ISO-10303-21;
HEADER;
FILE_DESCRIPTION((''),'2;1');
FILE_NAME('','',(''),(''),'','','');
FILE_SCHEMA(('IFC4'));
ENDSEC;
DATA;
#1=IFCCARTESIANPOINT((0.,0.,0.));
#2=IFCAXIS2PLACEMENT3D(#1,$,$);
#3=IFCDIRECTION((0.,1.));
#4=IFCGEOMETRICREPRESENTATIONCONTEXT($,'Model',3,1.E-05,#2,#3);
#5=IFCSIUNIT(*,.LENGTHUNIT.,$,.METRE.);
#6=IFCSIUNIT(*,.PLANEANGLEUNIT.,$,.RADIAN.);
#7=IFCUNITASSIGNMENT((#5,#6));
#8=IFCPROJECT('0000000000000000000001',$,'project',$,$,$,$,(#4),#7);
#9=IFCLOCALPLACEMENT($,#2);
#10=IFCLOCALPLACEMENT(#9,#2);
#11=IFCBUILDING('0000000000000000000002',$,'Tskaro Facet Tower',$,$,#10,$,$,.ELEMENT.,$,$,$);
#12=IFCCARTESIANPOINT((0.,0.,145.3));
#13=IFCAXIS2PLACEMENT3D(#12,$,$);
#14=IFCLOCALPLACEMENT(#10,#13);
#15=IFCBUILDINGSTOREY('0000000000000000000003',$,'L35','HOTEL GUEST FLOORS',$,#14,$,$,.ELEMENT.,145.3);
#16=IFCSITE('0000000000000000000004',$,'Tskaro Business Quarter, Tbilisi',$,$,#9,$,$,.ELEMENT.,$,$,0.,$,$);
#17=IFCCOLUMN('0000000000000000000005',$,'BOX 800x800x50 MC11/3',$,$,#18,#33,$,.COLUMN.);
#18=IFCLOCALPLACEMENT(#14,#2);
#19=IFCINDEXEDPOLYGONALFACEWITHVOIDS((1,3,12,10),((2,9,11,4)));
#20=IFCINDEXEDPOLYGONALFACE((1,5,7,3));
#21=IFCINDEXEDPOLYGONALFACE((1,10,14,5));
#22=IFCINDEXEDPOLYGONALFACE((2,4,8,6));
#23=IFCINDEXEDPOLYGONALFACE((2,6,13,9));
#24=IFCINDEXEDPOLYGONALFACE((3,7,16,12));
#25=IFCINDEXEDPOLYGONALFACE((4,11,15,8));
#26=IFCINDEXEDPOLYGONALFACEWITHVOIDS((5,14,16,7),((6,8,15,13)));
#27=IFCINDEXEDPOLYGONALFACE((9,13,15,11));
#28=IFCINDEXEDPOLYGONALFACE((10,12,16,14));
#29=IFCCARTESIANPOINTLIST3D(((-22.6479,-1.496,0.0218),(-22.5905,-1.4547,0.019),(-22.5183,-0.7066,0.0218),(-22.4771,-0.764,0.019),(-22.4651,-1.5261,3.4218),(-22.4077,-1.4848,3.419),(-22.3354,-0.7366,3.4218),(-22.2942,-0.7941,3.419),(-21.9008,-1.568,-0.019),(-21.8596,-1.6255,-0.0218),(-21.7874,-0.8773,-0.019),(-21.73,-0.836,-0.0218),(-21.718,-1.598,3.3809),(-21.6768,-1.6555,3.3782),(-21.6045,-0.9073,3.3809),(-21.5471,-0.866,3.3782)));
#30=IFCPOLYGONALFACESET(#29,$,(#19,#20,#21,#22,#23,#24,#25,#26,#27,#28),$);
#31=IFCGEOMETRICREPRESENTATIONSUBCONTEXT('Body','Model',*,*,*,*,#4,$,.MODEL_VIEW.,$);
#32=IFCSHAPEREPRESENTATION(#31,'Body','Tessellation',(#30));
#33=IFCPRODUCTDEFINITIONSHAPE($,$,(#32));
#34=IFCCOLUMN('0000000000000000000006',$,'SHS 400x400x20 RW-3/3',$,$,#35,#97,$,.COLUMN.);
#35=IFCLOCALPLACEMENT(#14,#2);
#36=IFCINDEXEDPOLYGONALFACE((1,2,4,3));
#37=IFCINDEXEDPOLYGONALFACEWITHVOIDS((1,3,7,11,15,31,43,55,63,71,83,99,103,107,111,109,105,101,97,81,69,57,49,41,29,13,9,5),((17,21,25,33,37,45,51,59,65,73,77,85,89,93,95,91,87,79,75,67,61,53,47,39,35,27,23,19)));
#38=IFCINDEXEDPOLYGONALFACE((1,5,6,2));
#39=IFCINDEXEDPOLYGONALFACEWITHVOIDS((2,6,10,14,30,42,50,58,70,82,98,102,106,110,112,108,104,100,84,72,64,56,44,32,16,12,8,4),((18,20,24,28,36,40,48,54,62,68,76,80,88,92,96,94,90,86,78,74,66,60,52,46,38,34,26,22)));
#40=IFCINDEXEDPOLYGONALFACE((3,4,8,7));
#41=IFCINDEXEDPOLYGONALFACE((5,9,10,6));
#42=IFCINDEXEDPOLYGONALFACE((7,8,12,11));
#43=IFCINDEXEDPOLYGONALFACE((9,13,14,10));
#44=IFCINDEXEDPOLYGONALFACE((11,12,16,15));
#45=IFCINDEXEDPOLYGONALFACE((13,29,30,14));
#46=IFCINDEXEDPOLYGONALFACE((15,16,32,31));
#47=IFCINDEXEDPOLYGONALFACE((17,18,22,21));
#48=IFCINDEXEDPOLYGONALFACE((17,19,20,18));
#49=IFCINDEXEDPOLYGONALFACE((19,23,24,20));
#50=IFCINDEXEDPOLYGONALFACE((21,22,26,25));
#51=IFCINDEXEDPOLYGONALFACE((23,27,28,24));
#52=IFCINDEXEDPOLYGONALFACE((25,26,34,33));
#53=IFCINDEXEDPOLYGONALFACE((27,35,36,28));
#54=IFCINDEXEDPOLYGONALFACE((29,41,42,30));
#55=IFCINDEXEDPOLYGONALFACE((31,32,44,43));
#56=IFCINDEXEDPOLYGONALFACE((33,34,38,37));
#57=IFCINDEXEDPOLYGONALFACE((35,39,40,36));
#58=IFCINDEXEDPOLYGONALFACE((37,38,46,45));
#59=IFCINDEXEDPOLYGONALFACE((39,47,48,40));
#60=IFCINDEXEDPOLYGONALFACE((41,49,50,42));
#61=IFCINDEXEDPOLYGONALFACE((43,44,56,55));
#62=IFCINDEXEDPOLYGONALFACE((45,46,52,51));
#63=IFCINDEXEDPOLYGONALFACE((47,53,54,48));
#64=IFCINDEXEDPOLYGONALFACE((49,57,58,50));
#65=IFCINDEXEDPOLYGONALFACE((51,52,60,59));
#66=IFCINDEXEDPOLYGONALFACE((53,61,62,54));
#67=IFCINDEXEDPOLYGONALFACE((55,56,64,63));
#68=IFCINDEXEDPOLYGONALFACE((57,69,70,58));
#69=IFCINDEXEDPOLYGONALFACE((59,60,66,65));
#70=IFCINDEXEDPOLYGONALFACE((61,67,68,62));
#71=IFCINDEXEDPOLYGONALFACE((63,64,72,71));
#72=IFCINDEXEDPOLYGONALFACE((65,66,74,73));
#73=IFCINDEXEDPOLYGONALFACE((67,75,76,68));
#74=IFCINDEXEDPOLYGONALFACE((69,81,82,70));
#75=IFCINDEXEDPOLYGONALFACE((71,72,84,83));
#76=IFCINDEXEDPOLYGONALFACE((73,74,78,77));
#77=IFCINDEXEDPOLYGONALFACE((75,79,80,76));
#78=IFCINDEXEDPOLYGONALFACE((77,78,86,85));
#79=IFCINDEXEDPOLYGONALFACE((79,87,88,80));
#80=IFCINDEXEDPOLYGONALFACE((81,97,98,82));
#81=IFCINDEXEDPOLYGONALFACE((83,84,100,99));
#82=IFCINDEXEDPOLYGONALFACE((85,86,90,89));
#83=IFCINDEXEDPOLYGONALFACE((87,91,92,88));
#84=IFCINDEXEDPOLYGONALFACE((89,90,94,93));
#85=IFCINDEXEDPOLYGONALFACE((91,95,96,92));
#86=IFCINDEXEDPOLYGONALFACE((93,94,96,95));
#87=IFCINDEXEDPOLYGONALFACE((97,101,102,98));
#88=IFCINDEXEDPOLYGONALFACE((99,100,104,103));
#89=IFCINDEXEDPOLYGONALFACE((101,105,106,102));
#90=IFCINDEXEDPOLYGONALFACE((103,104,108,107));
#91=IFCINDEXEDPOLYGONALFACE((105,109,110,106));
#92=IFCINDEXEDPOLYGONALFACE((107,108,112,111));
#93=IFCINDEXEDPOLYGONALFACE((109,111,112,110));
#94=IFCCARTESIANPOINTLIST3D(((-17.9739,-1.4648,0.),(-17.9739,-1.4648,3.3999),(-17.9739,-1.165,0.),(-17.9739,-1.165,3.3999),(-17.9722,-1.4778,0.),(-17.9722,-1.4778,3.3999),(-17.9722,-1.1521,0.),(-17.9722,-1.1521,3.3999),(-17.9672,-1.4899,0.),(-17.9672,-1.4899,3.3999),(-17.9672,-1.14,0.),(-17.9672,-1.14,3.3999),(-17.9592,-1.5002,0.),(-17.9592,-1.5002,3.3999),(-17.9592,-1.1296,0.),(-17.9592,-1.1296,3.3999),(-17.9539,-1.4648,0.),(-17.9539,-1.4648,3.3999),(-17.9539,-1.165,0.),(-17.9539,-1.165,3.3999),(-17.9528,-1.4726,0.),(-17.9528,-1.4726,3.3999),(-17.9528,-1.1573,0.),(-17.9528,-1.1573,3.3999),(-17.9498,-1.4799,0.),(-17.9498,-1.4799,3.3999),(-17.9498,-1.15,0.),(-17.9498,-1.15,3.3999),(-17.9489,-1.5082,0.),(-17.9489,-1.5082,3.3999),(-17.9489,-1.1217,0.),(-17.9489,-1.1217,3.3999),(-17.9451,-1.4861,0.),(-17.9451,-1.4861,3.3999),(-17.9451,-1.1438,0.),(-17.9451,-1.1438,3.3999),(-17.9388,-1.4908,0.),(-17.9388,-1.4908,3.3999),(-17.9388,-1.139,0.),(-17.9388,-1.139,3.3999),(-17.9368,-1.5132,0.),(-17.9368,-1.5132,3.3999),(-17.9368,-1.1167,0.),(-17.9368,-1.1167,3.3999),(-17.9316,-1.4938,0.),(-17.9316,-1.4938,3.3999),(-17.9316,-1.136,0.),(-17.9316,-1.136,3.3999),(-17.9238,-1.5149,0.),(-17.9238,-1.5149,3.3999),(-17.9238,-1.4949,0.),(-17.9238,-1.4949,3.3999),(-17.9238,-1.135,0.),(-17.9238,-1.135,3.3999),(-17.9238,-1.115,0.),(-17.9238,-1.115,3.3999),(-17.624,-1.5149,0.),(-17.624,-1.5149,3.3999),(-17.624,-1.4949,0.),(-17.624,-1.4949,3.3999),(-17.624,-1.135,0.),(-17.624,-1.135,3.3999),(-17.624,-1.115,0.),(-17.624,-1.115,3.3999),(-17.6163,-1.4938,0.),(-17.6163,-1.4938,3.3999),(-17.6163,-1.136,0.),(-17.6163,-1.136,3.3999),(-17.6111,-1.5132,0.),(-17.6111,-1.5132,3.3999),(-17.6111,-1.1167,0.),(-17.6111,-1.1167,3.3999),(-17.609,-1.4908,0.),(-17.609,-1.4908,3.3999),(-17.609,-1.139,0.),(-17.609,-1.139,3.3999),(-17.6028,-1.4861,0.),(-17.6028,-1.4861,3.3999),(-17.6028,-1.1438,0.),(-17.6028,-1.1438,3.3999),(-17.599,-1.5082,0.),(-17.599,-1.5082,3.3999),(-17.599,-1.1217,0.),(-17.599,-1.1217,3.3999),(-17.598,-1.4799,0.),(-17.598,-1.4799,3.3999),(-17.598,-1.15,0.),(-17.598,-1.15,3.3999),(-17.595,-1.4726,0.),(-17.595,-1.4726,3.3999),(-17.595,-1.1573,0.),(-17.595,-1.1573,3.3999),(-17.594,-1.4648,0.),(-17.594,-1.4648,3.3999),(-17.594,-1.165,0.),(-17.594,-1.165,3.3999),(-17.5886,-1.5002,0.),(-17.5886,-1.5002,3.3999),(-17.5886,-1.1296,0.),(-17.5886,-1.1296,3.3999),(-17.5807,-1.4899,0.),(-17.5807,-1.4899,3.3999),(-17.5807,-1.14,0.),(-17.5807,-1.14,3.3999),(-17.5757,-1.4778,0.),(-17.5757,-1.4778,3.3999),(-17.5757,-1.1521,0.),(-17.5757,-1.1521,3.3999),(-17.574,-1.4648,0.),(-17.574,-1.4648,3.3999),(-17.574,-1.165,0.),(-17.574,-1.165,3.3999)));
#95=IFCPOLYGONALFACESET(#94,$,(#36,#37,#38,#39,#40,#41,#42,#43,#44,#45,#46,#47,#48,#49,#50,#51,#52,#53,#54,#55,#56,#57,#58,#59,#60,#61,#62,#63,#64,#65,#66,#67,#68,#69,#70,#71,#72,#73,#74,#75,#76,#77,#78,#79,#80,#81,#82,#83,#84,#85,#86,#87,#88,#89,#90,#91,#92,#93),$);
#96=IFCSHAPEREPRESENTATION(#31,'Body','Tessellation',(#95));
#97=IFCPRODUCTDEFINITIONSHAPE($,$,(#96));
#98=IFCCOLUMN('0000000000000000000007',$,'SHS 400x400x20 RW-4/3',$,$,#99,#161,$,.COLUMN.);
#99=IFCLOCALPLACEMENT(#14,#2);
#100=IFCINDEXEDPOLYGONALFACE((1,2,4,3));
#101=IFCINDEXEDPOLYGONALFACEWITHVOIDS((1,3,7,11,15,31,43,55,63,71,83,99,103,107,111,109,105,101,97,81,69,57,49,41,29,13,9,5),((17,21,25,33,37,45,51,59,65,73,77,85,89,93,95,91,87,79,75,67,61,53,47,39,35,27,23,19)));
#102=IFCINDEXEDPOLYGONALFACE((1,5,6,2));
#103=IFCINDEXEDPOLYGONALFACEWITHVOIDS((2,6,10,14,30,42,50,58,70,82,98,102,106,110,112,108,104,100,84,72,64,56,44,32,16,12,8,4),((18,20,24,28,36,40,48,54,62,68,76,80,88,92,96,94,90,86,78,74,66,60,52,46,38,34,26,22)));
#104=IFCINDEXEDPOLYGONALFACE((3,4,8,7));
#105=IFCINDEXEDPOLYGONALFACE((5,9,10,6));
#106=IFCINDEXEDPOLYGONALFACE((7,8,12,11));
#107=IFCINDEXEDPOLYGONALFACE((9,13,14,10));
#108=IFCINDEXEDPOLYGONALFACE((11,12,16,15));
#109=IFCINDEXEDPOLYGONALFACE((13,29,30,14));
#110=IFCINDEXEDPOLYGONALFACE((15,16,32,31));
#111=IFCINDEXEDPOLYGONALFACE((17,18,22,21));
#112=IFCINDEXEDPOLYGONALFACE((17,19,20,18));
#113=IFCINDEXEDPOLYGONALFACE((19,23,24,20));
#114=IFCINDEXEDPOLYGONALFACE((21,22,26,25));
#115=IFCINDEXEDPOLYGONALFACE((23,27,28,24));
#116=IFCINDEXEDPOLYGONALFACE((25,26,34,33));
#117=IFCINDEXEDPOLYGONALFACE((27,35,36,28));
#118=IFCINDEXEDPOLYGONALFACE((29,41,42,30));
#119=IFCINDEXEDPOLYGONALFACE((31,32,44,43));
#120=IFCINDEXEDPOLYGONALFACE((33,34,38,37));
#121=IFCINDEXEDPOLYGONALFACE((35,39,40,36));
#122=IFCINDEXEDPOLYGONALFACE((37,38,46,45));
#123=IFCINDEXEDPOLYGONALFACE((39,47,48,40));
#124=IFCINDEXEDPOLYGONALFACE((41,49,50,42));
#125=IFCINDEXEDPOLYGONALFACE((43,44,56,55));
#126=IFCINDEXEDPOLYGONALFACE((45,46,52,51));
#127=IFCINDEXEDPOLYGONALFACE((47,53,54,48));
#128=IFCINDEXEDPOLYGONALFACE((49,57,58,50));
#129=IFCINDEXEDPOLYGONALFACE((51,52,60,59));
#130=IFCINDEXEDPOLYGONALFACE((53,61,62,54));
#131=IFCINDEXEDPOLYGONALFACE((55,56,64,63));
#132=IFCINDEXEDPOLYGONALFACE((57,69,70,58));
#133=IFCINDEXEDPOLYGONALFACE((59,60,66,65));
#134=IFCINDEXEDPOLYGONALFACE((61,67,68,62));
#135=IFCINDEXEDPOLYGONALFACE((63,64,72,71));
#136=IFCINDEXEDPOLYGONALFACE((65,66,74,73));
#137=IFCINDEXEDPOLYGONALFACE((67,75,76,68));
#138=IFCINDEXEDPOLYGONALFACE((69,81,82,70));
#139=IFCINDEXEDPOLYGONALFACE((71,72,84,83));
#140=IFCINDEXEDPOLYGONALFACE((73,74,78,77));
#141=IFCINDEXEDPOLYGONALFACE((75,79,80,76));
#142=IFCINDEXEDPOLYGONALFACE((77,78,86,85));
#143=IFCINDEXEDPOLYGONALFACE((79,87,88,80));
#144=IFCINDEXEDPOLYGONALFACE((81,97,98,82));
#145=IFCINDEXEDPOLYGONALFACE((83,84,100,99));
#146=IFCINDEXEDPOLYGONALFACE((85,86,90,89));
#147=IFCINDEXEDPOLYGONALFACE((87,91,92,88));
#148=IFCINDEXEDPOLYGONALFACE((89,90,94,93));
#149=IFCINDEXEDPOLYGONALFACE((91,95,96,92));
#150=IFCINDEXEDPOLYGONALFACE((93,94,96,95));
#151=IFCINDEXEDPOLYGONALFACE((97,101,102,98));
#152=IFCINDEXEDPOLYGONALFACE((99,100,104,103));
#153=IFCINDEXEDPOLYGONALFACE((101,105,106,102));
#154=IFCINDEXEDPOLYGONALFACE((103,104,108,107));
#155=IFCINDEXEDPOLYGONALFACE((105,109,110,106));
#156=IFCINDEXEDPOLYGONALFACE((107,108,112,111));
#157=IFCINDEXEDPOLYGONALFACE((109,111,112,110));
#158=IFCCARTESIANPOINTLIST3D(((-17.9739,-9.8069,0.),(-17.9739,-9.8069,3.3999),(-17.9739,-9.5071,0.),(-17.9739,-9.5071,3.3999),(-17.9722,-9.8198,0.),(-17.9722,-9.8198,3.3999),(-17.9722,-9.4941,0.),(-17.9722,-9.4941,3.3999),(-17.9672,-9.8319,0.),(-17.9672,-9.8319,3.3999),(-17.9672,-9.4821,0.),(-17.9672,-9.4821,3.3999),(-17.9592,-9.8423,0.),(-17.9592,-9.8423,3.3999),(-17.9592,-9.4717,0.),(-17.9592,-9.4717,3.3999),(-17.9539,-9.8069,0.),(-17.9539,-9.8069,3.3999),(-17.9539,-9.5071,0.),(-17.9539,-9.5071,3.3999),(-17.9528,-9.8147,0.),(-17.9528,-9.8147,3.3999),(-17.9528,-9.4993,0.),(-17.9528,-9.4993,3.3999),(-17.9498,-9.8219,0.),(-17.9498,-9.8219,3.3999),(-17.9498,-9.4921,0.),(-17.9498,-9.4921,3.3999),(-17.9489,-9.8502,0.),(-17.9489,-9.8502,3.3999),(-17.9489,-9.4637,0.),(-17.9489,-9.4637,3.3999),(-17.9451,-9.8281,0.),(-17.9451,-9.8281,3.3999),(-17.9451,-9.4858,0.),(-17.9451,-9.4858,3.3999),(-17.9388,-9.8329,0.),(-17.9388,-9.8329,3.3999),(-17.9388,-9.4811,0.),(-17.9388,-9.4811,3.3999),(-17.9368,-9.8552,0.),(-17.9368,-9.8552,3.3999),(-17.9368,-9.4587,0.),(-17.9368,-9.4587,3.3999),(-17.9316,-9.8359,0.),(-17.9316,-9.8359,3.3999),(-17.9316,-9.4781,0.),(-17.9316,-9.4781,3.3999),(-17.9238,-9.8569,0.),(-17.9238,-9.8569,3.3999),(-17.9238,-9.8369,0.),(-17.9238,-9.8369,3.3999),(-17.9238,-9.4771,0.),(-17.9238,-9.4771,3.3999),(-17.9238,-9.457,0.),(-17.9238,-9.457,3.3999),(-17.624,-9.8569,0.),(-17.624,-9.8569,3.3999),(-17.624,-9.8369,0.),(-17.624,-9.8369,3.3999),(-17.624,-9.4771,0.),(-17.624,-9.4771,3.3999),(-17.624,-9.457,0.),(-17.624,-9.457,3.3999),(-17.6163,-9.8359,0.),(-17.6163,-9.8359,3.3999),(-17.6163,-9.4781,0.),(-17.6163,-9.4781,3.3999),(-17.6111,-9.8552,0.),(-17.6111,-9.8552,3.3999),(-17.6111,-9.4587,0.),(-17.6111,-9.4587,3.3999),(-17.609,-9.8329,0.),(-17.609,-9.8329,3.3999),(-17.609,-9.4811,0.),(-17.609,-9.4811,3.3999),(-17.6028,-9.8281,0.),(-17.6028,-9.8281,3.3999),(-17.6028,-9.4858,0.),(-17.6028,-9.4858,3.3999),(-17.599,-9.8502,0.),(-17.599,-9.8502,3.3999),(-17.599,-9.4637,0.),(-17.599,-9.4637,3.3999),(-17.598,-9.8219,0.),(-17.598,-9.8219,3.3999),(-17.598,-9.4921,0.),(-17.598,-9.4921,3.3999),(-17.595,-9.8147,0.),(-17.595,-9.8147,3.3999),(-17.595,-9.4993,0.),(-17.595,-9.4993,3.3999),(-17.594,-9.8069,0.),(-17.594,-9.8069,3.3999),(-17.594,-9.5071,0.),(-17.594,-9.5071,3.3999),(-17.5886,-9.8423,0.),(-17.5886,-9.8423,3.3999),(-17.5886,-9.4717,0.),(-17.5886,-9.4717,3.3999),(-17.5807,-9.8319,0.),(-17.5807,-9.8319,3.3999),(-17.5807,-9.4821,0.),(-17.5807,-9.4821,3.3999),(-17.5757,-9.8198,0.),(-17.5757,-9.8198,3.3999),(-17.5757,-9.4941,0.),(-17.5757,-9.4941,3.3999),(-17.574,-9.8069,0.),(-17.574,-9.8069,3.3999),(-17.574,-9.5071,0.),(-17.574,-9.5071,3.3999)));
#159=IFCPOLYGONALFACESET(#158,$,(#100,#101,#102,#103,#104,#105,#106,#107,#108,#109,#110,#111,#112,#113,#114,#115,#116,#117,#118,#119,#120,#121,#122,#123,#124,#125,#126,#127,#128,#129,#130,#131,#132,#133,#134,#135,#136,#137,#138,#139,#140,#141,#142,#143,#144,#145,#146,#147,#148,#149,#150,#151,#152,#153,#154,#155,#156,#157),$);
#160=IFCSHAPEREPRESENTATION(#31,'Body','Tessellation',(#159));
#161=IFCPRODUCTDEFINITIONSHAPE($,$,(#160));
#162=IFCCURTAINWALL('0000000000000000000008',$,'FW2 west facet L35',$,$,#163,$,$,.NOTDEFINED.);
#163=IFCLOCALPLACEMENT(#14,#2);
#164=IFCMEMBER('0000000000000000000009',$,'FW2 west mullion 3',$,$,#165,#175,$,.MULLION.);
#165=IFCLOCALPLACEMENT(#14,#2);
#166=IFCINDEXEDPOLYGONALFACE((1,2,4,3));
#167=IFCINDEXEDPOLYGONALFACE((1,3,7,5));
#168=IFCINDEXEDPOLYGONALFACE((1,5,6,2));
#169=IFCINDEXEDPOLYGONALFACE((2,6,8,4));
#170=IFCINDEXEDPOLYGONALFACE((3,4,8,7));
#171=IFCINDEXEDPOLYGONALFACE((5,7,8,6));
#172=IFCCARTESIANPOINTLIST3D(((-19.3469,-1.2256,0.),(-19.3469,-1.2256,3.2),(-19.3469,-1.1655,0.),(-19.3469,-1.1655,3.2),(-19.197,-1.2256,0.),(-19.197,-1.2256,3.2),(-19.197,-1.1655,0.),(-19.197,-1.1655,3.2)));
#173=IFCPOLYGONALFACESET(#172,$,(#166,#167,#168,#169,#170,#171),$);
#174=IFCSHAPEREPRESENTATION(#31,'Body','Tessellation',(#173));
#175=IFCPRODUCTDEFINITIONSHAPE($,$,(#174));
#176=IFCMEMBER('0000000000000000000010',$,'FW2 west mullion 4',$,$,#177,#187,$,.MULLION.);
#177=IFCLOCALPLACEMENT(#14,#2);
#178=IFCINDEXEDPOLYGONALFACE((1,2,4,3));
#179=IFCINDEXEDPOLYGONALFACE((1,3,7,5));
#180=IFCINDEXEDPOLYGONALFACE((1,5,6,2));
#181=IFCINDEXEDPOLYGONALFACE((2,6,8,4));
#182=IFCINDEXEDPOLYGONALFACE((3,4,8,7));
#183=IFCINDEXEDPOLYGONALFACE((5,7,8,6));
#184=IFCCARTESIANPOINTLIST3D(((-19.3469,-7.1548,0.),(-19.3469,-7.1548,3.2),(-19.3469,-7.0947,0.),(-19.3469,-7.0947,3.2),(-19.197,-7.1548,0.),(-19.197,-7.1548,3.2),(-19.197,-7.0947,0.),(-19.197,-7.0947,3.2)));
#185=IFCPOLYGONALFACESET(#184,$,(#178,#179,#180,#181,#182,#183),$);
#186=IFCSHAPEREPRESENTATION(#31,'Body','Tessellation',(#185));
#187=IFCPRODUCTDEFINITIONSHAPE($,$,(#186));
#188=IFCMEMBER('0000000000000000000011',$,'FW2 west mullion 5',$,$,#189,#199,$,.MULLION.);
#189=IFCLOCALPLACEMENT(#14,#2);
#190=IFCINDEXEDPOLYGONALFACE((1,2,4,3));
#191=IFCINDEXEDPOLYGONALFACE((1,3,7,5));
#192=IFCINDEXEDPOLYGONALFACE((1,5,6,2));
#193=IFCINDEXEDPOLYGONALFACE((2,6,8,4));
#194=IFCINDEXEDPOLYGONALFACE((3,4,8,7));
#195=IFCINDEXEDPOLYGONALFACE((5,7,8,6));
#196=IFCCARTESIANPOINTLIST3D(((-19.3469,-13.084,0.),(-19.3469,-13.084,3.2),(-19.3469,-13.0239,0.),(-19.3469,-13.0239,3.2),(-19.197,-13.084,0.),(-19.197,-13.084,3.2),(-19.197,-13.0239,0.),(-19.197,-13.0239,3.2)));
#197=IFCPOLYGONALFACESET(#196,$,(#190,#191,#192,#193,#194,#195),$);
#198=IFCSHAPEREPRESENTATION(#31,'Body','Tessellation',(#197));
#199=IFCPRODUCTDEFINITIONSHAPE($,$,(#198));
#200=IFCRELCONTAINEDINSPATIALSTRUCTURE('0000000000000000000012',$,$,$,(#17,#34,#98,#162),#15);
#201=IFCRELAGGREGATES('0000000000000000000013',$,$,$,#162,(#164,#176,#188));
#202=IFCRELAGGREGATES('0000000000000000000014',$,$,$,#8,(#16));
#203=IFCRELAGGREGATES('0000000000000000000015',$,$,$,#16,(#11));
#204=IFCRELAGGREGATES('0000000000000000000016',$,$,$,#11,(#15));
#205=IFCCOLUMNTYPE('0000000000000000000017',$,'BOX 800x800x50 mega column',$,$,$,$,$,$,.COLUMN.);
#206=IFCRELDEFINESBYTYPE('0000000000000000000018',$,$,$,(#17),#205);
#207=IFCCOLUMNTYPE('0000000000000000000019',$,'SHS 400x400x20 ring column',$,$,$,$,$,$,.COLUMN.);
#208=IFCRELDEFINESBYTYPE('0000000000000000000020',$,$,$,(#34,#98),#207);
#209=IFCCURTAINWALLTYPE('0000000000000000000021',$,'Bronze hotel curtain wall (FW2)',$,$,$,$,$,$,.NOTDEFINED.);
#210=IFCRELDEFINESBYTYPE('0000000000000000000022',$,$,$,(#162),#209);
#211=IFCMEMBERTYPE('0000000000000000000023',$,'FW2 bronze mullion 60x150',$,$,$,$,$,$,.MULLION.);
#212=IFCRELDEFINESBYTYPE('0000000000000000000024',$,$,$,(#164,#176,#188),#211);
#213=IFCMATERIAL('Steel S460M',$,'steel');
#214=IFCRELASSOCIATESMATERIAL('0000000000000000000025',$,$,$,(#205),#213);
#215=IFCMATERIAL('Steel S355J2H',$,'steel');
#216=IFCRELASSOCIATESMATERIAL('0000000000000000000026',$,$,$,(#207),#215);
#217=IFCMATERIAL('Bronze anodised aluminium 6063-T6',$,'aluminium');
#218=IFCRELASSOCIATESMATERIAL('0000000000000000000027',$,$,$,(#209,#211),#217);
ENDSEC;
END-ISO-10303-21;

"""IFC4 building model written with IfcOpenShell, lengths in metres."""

from ifc_helpers import new_model, si_unit, direction, frame, origin, origin_2d, place, context, subcontext, project, spatial, rectangle, hollow_rectangle, extrude, material, material_profile, profile_set, type_object, element, aggregate, save


model = new_model("IFC4")

# Units and contexts
model_context = context("Model", 3, precision=1e-05, world=origin(), true_north=direction((0.0, 1.0)))
body_context = subcontext(model_context, "Body", "Model", "MODEL_VIEW")
ifc_project = project(units=[si_unit("LENGTHUNIT", "METRE"), si_unit("PLANEANGLEUNIT", "RADIAN")], contexts=[model_context])

# Site, building, storey
site_placement = place(None, origin())
site = spatial("IfcSite", under=ifc_project, at=site_placement, Name="Tskaro Business Quarter, Tbilisi", CompositionType="ELEMENT", RefElevation=0.0)
building_placement = place(site_placement, origin())
building = spatial("IfcBuilding", under=site, at=building_placement, Name="Tskaro Facet Tower", CompositionType="ELEMENT")
storey_placement = place(building_placement, frame((0.0, 0.0, 145.3)))
storey = spatial("IfcBuildingStorey", under=building, at=storey_placement, Name="L35", Description="HOTEL GUEST FLOORS", CompositionType="ELEMENT", Elevation=145.3)

# Columns
ifc_material_1 = material(Name="Steel S460M", Category="steel")
ifc_material_profile_1 = material_profile(ifc_material_1, hollow_rectangle(XDim=0.8, YDim=0.8, WallThickness=0.05, at=origin_2d()), Name="BOX 800x800x50")
ifc_profile_set_1 = profile_set([ifc_material_profile_1], Name="Steel S460M")
column_type_1 = type_object("IfcColumnType", Name="BOX 800x800x50 mega column", PredefinedType="COLUMN", material=ifc_profile_set_1)
column_placement = place(storey_placement, frame((-22.189, -1.166, 0.0), z_axis=(0.053705, -0.008819, 0.998518), x_axis=(0.162048, 0.986783, 0.0)))
element("IfcColumn", 1, at=column_placement, inside=storey, type_object=column_type_1, Name="BOX 800x800x50 MC11/3", PredefinedType="COLUMN", context=body_context, shape_type="SweptSolid", body=[
    extrude(hollow_rectangle(XDim=0.8, YDim=0.8, WallThickness=0.05, at=origin_2d()), origin(), (0.0, 0.0, 1.0), 3.405),
])
ifc_material_2 = material(Name="Steel S355J2H", Category="steel")
ifc_material_profile_2 = material_profile(ifc_material_2, hollow_rectangle(XDim=0.3999, YDim=0.3999, WallThickness=0.02, InnerFilletRadius=0.03, OuterFilletRadius=0.05, at=origin_2d()), Name="SHS 400x400x20")
ifc_profile_set_2 = profile_set([ifc_material_profile_2], Name="Steel S355J2H")
column_type_2 = type_object("IfcColumnType", Name="SHS 400x400x20 ring column", PredefinedType="COLUMN", material=ifc_profile_set_2)
for number, where, z_axis, x_axis, name in (
    (2, (-17.7739, -1.3149, 0.0), (0.0, 0.0, 1.0), (1.0, 0.0, 0.0), "SHS 400x400x20 RW-3/3"),
    (3, (-17.7739, -9.657, 0.0), (0.0, 0.0, 1.0), (1.0, 0.0, 0.0), "SHS 400x400x20 RW-4/3"),
):
    element("IfcColumn", number, at=place(storey_placement, frame(where, z_axis=z_axis, x_axis=x_axis)), inside=storey, type_object=column_type_2, Name=name, PredefinedType="COLUMN", context=body_context, shape_type="SweptSolid", body=[
        extrude(hollow_rectangle(XDim=0.3999, YDim=0.3999, WallThickness=0.02, InnerFilletRadius=0.03, OuterFilletRadius=0.05, at=origin_2d()), origin(), (0.0, 0.0, 1.0), 3.3999),
    ])

# Curtain wall, members
ifc_material_3 = material(Name="Bronze anodised aluminium 6063-T6", Category="aluminium")
curtain_wall_type = type_object("IfcCurtainWallType", Name="Bronze hotel curtain wall (FW2)", PredefinedType="NOTDEFINED", material=ifc_material_3)
curtain_wall_placement = place(storey_placement, origin())
curtain_wall = element("IfcCurtainWall", 4, at=curtain_wall_placement, inside=storey, type_object=curtain_wall_type, Name="FW2 west facet L35", PredefinedType="NOTDEFINED")
ifc_material_profile_3 = material_profile(ifc_material_3, rectangle(XDim=0.0601, YDim=0.1499, at=origin_2d()), Name="Mullion 60x150")
ifc_profile_set_3 = profile_set([ifc_material_profile_3], Name="Bronze anodised aluminium 6063-T6")
member_type_1 = type_object("IfcMemberType", Name="FW2 bronze mullion 60x150", PredefinedType="MULLION", material=ifc_profile_set_3)
member_1_placement = place(storey_placement, frame((-19.272, -1.1956, 0.0), z_axis=(0.0, 0.0, 1.0), x_axis=(0.0, -1.0, 0.0)))
member_1 = element("IfcMember", 5, at=member_1_placement, type_object=member_type_1, Name="FW2 west mullion 3", PredefinedType="MULLION", context=body_context, shape_type="SweptSolid", body=[
    extrude(rectangle(XDim=0.0601, YDim=0.1499, at=origin_2d()), origin(), (0.0, 0.0, 1.0), 3.2),
])
member_2_placement = place(storey_placement, frame((-19.272, -7.1248, 0.0), z_axis=(0.0, 0.0, 1.0), x_axis=(0.0, -1.0, 0.0)))
member_2 = element("IfcMember", 6, at=member_2_placement, type_object=member_type_1, Name="FW2 west mullion 4", PredefinedType="MULLION", context=body_context, shape_type="SweptSolid", body=[
    extrude(rectangle(XDim=0.0601, YDim=0.1499, at=origin_2d()), origin(), (0.0, 0.0, 1.0), 3.2),
])
member_3_placement = place(storey_placement, frame((-19.272, -13.054, 0.0), z_axis=(0.0, 0.0, 1.0), x_axis=(0.0, -1.0, 0.0)))
member_3 = element("IfcMember", 7, at=member_3_placement, type_object=member_type_1, Name="FW2 west mullion 5", PredefinedType="MULLION", context=body_context, shape_type="SweptSolid", body=[
    extrude(rectangle(XDim=0.0601, YDim=0.1499, at=origin_2d()), origin(), (0.0, 0.0, 1.0), 3.2),
])

aggregate(curtain_wall, [member_1, member_2, member_3])

save(model, "model.ifc")
